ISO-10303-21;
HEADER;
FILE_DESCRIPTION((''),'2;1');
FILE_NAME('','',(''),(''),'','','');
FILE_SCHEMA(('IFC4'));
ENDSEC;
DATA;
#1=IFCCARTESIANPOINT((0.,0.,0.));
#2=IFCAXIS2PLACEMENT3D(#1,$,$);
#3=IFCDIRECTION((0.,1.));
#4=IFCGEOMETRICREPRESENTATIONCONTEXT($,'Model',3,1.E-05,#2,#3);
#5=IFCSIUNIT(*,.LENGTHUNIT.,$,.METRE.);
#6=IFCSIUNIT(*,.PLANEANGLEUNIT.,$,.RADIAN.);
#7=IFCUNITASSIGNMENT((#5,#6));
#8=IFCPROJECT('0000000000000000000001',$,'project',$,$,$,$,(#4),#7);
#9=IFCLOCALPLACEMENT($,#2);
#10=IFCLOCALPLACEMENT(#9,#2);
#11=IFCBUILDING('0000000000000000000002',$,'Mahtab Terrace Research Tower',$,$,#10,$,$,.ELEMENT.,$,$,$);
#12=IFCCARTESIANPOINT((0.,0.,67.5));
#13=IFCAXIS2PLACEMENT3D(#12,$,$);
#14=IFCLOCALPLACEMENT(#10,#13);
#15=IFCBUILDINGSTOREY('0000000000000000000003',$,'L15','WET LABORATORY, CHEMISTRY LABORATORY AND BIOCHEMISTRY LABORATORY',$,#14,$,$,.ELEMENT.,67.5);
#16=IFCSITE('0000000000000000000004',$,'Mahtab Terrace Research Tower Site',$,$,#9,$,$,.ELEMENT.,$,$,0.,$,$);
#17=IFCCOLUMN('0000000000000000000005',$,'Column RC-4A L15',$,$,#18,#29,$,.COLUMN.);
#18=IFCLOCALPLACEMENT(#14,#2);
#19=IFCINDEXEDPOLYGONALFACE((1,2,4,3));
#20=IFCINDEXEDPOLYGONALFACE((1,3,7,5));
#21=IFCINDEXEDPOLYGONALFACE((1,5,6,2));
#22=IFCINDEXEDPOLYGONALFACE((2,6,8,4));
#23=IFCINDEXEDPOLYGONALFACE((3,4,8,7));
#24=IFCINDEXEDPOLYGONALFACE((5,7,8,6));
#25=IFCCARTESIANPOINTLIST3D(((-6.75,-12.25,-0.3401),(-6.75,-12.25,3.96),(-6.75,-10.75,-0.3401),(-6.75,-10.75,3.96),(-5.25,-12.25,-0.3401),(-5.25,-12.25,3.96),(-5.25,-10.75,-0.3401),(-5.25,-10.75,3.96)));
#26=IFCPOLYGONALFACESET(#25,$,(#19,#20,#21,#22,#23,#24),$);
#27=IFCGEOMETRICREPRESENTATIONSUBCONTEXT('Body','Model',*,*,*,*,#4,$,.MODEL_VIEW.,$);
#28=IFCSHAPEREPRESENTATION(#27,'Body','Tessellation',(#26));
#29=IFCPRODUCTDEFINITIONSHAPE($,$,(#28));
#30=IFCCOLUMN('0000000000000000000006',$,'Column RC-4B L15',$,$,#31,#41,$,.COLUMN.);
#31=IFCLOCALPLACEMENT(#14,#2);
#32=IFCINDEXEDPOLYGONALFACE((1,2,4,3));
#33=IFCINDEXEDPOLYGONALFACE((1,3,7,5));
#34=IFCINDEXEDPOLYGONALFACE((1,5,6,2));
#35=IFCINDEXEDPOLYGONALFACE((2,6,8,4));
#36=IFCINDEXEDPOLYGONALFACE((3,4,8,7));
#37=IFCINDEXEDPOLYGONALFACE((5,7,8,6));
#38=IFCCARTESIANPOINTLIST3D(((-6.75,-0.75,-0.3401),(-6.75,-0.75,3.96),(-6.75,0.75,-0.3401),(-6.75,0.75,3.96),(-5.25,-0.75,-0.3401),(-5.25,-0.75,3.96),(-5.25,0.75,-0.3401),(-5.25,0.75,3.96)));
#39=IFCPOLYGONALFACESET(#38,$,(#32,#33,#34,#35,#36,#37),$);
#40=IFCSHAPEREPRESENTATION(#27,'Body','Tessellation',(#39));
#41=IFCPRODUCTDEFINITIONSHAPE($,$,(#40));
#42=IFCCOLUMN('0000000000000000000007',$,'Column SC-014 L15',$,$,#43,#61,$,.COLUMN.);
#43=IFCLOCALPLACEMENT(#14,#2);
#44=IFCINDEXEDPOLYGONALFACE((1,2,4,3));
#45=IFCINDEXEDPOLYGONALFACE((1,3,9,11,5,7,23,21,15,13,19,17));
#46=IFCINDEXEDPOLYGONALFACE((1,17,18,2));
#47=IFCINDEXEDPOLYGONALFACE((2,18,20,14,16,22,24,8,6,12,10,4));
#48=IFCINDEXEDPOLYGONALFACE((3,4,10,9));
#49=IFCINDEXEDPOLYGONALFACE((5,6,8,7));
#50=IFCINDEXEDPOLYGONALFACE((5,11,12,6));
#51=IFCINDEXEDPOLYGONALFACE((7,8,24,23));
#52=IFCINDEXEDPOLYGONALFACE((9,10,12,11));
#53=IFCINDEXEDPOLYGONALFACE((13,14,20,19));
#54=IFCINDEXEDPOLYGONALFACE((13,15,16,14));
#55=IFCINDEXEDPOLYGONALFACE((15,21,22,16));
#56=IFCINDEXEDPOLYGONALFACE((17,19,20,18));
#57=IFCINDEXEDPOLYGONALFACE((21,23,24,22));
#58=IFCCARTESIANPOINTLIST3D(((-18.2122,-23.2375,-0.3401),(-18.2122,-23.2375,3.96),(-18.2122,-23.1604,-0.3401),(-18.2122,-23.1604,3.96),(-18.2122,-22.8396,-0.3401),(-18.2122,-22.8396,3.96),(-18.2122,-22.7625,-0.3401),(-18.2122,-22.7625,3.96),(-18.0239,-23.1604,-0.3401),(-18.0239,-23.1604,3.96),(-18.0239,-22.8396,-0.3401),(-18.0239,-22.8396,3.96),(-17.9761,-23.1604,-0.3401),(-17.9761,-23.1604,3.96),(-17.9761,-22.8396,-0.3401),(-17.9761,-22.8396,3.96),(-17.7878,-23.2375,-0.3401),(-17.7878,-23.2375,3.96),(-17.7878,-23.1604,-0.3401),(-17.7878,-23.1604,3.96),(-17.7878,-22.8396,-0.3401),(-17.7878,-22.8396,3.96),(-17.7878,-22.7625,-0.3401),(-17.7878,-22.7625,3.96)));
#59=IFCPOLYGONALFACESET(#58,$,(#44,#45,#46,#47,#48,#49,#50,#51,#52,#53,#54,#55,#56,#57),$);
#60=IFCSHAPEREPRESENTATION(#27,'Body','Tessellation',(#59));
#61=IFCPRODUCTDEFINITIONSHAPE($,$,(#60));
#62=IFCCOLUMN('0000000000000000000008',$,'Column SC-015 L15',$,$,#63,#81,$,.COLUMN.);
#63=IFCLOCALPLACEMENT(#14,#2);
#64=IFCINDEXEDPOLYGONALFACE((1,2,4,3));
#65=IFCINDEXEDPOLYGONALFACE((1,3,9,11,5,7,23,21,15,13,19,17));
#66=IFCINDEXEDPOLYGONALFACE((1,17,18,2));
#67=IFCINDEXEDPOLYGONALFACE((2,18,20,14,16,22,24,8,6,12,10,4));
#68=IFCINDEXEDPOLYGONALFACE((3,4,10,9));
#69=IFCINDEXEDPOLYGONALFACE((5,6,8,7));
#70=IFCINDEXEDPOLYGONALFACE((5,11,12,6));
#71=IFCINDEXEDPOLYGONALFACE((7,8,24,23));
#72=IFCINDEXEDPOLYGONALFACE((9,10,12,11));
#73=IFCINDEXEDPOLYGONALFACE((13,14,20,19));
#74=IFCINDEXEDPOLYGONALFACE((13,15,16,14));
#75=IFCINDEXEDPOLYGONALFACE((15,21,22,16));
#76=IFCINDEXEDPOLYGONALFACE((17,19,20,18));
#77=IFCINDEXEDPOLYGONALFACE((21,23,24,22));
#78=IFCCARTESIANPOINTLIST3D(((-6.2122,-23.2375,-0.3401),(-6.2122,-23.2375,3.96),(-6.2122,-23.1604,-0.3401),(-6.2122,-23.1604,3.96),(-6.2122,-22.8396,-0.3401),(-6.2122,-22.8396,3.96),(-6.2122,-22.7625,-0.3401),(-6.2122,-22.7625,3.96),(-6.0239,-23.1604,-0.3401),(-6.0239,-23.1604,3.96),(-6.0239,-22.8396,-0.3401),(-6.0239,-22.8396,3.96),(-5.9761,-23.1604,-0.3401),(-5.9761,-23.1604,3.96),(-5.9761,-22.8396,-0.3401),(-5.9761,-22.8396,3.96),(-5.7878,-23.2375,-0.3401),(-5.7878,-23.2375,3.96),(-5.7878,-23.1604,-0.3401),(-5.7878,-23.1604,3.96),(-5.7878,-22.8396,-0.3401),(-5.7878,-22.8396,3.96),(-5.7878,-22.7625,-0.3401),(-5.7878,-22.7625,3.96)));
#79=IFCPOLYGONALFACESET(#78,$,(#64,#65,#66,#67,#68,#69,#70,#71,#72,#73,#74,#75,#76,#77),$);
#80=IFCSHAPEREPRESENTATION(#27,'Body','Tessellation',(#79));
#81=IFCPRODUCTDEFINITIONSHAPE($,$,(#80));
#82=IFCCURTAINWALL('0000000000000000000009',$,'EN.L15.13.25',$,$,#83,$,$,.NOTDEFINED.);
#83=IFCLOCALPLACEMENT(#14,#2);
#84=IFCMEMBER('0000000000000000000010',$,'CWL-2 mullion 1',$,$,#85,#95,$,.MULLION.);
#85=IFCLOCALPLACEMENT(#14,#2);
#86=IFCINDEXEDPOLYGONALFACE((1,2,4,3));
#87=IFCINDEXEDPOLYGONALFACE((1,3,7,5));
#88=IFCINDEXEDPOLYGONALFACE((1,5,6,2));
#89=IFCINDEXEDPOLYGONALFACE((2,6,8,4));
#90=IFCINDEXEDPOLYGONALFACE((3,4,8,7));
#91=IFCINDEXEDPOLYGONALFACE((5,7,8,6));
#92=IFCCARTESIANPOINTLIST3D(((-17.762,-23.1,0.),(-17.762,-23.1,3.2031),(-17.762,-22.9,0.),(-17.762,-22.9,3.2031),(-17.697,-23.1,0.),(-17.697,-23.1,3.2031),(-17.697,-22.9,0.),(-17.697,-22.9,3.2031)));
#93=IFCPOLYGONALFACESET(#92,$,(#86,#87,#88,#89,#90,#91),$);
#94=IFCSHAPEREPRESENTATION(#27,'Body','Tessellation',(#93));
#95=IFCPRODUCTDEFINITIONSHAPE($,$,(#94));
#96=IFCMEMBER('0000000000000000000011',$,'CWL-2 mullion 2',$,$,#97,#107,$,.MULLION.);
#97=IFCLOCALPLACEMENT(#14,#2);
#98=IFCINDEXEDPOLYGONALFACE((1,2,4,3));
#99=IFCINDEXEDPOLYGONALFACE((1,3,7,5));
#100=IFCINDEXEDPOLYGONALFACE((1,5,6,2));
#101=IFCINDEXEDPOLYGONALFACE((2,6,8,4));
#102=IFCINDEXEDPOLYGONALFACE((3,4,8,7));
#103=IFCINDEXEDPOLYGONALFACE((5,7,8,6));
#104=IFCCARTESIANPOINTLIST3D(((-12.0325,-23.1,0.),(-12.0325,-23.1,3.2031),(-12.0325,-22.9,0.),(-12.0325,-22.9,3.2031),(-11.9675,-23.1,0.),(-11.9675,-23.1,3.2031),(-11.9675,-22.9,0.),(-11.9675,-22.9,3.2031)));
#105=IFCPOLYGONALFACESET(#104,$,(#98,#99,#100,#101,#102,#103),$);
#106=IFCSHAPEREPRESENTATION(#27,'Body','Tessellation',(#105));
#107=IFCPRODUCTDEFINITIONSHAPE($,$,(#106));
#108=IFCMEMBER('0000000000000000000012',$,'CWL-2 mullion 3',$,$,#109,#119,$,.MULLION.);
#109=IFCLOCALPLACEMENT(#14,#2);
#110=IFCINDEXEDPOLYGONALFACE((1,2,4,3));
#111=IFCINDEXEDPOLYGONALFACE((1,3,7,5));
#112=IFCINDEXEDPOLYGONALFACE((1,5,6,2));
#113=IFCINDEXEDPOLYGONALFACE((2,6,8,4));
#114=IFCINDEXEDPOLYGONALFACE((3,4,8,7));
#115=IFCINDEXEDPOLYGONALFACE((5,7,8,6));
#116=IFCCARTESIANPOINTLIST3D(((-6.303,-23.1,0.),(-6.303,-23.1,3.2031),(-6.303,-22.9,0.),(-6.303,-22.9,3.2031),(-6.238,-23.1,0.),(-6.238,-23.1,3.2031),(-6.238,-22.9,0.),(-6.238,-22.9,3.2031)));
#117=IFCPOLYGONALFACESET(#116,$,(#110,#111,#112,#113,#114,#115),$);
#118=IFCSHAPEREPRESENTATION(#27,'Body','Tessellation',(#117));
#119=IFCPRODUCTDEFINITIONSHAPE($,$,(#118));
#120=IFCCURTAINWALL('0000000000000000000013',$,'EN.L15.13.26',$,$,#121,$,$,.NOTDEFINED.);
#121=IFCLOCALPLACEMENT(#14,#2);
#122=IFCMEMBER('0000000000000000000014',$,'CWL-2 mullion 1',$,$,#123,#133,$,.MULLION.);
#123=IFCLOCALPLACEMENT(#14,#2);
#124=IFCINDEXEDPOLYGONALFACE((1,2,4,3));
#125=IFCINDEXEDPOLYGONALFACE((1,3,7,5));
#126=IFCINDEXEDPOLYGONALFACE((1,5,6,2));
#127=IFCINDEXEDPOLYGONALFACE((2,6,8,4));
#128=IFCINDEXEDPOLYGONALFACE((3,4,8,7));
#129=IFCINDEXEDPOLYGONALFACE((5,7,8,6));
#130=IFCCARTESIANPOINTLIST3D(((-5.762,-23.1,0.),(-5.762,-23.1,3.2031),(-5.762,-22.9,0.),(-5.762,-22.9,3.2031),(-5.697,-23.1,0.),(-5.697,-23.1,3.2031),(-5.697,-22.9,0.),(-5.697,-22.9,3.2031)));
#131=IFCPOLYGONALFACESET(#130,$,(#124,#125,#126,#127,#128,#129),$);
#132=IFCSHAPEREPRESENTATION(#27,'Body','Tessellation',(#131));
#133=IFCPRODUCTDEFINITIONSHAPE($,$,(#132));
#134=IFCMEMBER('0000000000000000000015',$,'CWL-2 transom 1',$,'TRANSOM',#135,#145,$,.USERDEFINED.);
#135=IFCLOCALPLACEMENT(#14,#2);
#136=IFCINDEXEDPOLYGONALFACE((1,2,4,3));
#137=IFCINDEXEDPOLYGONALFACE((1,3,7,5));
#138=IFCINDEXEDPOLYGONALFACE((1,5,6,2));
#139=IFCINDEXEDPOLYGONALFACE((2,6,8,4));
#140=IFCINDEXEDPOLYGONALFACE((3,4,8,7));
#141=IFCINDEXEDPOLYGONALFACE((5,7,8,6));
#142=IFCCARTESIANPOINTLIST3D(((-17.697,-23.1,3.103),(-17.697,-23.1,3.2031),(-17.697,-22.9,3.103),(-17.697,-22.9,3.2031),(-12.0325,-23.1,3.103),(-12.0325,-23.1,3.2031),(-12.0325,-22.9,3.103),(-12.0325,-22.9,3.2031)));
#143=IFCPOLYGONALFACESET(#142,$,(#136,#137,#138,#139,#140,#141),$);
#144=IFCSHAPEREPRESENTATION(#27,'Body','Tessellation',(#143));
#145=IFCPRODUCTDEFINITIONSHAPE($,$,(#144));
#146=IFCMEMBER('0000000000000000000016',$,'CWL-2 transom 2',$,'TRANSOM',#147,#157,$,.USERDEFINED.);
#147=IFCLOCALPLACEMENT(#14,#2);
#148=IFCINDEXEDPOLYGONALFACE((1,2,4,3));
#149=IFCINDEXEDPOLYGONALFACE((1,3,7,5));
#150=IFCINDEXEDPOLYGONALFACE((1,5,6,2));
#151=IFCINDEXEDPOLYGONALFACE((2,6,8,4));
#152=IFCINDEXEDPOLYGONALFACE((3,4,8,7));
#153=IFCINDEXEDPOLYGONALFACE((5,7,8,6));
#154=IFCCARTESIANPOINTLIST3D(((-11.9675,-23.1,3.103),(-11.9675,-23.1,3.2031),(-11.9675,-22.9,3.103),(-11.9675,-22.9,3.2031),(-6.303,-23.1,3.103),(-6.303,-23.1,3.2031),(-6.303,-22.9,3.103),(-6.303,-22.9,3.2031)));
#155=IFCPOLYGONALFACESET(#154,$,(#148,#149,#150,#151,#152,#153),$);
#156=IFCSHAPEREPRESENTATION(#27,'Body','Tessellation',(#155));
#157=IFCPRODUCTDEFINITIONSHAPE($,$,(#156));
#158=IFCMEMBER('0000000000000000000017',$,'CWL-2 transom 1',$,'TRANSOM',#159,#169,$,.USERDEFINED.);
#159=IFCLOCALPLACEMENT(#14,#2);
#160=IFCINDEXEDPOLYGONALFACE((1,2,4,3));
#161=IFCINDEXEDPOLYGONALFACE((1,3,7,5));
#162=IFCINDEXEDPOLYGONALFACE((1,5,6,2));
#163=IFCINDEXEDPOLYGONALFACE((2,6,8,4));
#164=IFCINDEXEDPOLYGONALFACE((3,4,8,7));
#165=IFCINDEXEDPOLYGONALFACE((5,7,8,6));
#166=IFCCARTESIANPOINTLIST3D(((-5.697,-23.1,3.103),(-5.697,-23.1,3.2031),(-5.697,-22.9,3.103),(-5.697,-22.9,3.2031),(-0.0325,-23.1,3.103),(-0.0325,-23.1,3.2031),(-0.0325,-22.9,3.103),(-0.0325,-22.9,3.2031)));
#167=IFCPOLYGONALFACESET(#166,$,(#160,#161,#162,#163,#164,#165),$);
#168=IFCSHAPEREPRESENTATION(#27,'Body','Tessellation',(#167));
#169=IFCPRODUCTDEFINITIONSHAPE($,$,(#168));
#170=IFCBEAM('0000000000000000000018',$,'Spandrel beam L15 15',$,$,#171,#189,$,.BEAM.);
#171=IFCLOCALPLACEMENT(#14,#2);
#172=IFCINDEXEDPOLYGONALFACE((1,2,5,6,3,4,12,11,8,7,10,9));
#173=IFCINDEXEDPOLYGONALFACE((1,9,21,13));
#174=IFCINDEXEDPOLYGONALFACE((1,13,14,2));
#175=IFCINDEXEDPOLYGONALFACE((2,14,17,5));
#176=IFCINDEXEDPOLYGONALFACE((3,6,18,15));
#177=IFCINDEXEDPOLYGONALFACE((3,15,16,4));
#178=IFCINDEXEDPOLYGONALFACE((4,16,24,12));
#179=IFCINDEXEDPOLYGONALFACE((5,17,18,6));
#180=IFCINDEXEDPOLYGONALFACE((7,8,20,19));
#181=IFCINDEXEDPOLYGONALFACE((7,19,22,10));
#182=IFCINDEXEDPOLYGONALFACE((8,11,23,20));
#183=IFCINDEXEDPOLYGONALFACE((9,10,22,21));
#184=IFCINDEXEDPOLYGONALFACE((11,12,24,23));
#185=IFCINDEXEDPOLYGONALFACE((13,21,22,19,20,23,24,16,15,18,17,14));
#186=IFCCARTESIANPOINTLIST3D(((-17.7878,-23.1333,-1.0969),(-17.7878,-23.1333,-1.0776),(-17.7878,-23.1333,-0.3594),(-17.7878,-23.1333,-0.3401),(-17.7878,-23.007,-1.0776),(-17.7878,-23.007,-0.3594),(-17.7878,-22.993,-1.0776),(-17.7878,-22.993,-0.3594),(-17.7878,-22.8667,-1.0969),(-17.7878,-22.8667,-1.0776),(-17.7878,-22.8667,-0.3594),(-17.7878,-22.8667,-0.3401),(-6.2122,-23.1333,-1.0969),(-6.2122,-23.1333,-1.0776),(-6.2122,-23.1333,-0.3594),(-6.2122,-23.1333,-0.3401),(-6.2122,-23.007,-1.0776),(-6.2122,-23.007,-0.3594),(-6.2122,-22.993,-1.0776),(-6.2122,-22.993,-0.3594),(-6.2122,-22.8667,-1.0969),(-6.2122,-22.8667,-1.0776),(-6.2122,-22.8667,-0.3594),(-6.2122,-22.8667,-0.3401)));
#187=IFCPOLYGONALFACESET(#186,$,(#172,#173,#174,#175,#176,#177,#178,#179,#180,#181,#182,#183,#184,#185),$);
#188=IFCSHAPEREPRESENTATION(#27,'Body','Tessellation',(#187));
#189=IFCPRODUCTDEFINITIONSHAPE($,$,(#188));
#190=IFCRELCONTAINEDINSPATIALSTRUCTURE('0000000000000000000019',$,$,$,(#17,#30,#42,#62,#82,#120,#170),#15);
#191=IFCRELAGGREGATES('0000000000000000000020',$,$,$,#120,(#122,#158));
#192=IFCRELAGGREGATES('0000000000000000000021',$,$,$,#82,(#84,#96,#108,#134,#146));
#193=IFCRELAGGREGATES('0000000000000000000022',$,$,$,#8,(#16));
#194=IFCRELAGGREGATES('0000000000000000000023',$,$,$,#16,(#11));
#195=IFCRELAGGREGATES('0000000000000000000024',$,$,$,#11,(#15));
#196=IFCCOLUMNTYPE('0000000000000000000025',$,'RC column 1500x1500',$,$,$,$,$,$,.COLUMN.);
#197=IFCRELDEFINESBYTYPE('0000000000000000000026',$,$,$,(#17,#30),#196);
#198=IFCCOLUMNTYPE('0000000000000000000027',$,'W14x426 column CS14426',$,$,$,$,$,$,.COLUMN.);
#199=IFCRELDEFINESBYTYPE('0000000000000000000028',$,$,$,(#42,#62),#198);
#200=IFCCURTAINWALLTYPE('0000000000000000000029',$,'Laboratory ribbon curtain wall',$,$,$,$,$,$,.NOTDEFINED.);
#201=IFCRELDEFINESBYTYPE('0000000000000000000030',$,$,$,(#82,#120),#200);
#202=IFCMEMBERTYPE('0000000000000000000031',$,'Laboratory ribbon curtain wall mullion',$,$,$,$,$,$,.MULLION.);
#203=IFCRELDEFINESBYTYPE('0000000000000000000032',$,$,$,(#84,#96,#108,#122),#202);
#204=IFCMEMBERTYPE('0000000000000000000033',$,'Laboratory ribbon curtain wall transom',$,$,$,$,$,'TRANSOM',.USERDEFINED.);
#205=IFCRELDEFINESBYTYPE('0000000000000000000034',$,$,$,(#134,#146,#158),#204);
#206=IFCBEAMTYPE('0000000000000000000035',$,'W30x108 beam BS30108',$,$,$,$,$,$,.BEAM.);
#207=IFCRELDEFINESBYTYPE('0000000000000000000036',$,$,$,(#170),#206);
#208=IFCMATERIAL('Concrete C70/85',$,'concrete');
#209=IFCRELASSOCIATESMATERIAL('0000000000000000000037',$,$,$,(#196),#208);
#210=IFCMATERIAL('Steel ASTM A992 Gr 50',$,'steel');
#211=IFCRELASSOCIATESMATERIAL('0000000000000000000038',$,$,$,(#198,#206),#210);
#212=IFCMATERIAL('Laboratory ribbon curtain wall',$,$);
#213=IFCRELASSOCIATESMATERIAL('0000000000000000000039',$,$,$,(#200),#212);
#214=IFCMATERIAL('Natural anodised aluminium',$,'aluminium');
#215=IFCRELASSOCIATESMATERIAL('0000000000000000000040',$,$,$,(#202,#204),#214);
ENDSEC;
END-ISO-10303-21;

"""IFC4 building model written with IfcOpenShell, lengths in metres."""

from ifc_helpers import new_model, si_unit, direction, frame, origin, origin_2d, place, context, subcontext, project, spatial, rectangle, i_section, extrude, material, material_profile, profile_set, type_object, element, aggregate, save


model = new_model("IFC4")

# Units and contexts
model_context = context("Model", 3, precision=1e-05, world=origin(), true_north=direction((0.0, 1.0)))
body_context = subcontext(model_context, "Body", "Model", "MODEL_VIEW")
ifc_project = project(units=[si_unit("LENGTHUNIT", "METRE"), si_unit("PLANEANGLEUNIT", "RADIAN")], contexts=[model_context])

# Site, building, storey
site_placement = place(None, origin())
site = spatial("IfcSite", under=ifc_project, at=site_placement, Name="Mahtab Terrace Research Tower Site", CompositionType="ELEMENT", RefElevation=0.0)
building_placement = place(site_placement, origin())
building = spatial("IfcBuilding", under=site, at=building_placement, Name="Mahtab Terrace Research Tower", CompositionType="ELEMENT")
storey_placement = place(building_placement, frame((0.0, 0.0, 67.5)))
storey = spatial("IfcBuildingStorey", under=building, at=storey_placement, Name="L15", Description="WET LABORATORY, CHEMISTRY LABORATORY AND BIOCHEMISTRY LABORATORY", CompositionType="ELEMENT", Elevation=67.5)

# Columns
ifc_material_1 = material(Name="Concrete C70/85", Category="concrete")
ifc_material_profile_1 = material_profile(ifc_material_1, rectangle(XDim=1.5, YDim=1.5, at=origin_2d()), Name="RC column 1500x1500")
ifc_profile_set_1 = profile_set([ifc_material_profile_1], Name="Concrete C70/85")
column_type_1 = type_object("IfcColumnType", Name="RC column 1500x1500", PredefinedType="COLUMN", material=ifc_profile_set_1)
for number, where, z_axis, x_axis, name in (
    (1, (-6.0, -11.5, -0.3401), (0.0, 0.0, 1.0), (1.0, 0.0, 0.0), "Column RC-4A L15"),
    (2, (-6.0, 0.0, -0.3401), (0.0, 0.0, 1.0), (1.0, 0.0, 0.0), "Column RC-4B L15"),
):
    element("IfcColumn", number, at=place(storey_placement, frame(where, z_axis=z_axis, x_axis=x_axis)), inside=storey, type_object=column_type_1, Name=name, PredefinedType="COLUMN", context=body_context, shape_type="SweptSolid", body=[
        extrude(rectangle(XDim=1.5, YDim=1.5, at=origin_2d()), origin(), (0.0, 0.0, 1.0), 4.3),
    ])
ifc_material_2 = material(Name="Steel ASTM A992 Gr 50", Category="steel")
ifc_material_profile_2 = material_profile(ifc_material_2, i_section(OverallWidth=0.4243, OverallDepth=0.4751, WebThickness=0.0479, FlangeThickness=0.0771, at=origin_2d()), Name="W14X426")
ifc_profile_set_2 = profile_set([ifc_material_profile_2], Name="Steel ASTM A992 Gr 50")
column_type_2 = type_object("IfcColumnType", Name="W14x426 column CS14426", PredefinedType="COLUMN", material=ifc_profile_set_2)
for number, where, z_axis, x_axis, name in (
    (3, (-18.0, -23.0, -0.3401), (0.0, 0.0, 1.0), (1.0, 0.0, 0.0), "Column SC-014 L15"),
    (4, (-6.0, -23.0, -0.3401), (0.0, 0.0, 1.0), (1.0, 0.0, 0.0), "Column SC-015 L15"),
):
    element("IfcColumn", number, at=place(storey_placement, frame(where, z_axis=z_axis, x_axis=x_axis)), inside=storey, type_object=column_type_2, Name=name, PredefinedType="COLUMN", context=body_context, shape_type="SweptSolid", body=[
        extrude(i_section(OverallWidth=0.4243, OverallDepth=0.4751, WebThickness=0.0479, FlangeThickness=0.0771, at=origin_2d()), origin(), (0.0, 0.0, 1.0), 4.3),
    ])

# Curtain wall, members
ifc_material_3 = material(Name="Laboratory ribbon curtain wall")
curtain_wall_type = type_object("IfcCurtainWallType", Name="Laboratory ribbon curtain wall", PredefinedType="NOTDEFINED", material=ifc_material_3)
curtain_wall_1_placement = place(storey_placement, origin())
curtain_wall_1 = element("IfcCurtainWall", 5, at=curtain_wall_1_placement, inside=storey, type_object=curtain_wall_type, Name="EN.L15.13.25", PredefinedType="NOTDEFINED")
ifc_material_4 = material(Name="Natural anodised aluminium", Category="aluminium")
ifc_material_profile_3 = material_profile(ifc_material_4, rectangle(XDim=0.2, YDim=0.0649, at=origin_2d()), Name="MULLION 65x200")
ifc_profile_set_3 = profile_set([ifc_material_profile_3], Name="Natural anodised aluminium")
member_type_1 = type_object("IfcMemberType", Name="Laboratory ribbon curtain wall mullion", PredefinedType="MULLION", material=ifc_profile_set_3)
member_1_placement = place(storey_placement, frame((-17.7295, -23.0, 0.0), z_axis=(0.0, 0.0, 1.0), x_axis=(0.0, 1.0, 0.0)))
member_1 = element("IfcMember", 6, at=member_1_placement, type_object=member_type_1, Name="CWL-2 mullion 1", PredefinedType="MULLION", context=body_context, shape_type="SweptSolid", body=[
    extrude(rectangle(XDim=0.2, YDim=0.0649, at=origin_2d()), origin(), (0.0, 0.0, 1.0), 3.2031),
])
member_2_placement = place(storey_placement, frame((-12.0, -23.0, 0.0), z_axis=(0.0, 0.0, 1.0), x_axis=(0.0, 1.0, 0.0)))
member_2 = element("IfcMember", 7, at=member_2_placement, type_object=member_type_1, Name="CWL-2 mullion 2", PredefinedType="MULLION", context=body_context, shape_type="SweptSolid", body=[
    extrude(rectangle(XDim=0.2, YDim=0.0649, at=origin_2d()), origin(), (0.0, 0.0, 1.0), 3.2031),
])
member_3_placement = place(storey_placement, frame((-6.2705, -23.0, 0.0), z_axis=(0.0, 0.0, 1.0), x_axis=(0.0, 1.0, 0.0)))
member_3 = element("IfcMember", 8, at=member_3_placement, type_object=member_type_1, Name="CWL-2 mullion 3", PredefinedType="MULLION", context=body_context, shape_type="SweptSolid", body=[
    extrude(rectangle(XDim=0.2, YDim=0.0649, at=origin_2d()), origin(), (0.0, 0.0, 1.0), 3.2031),
])

# Curtain wall, member
curtain_wall_2_placement = place(storey_placement, origin())
curtain_wall_2 = element("IfcCurtainWall", 9, at=curtain_wall_2_placement, inside=storey, type_object=curtain_wall_type, Name="EN.L15.13.26", PredefinedType="NOTDEFINED")
member_4_placement = place(storey_placement, frame((-5.7295, -23.0, 0.0), z_axis=(0.0, 0.0, 1.0), x_axis=(0.0, 1.0, 0.0)))
member_4 = element("IfcMember", 10, at=member_4_placement, type_object=member_type_1, Name="CWL-2 mullion 1", PredefinedType="MULLION", context=body_context, shape_type="SweptSolid", body=[
    extrude(rectangle(XDim=0.2, YDim=0.0649, at=origin_2d()), origin(), (0.0, 0.0, 1.0), 3.2031),
])

# Members
ifc_material_profile_4 = material_profile(ifc_material_4, rectangle(XDim=0.2, YDim=0.1001, at=origin_2d()), Name="TRANSOM 100x200")
ifc_profile_set_4 = profile_set([ifc_material_profile_4], Name="Natural anodised aluminium")
member_type_2 = type_object("IfcMemberType", Name="Laboratory ribbon curtain wall transom", ElementType="TRANSOM", PredefinedType="USERDEFINED", material=ifc_profile_set_4)
member_5_placement = place(storey_placement, frame((-17.697, -23.0, 3.1531), z_axis=(1.0, 0.0, 0.0), x_axis=(0.0, 1.0, 0.0)))
member_5 = element("IfcMember", 11, at=member_5_placement, type_object=member_type_2, Name="CWL-2 transom 1", ObjectType="TRANSOM", PredefinedType="USERDEFINED", context=body_context, shape_type="SweptSolid", body=[
    extrude(rectangle(XDim=0.2, YDim=0.1001, at=origin_2d()), origin(), (0.0, 0.0, 1.0), 5.6646),
])
member_6_placement = place(storey_placement, frame((-11.9675, -23.0, 3.1531), z_axis=(1.0, 0.0, 0.0), x_axis=(0.0, 1.0, 0.0)))
member_6 = element("IfcMember", 12, at=member_6_placement, type_object=member_type_2, Name="CWL-2 transom 2", ObjectType="TRANSOM", PredefinedType="USERDEFINED", context=body_context, shape_type="SweptSolid", body=[
    extrude(rectangle(XDim=0.2, YDim=0.1001, at=origin_2d()), origin(), (0.0, 0.0, 1.0), 5.6646),
])
member_7_placement = place(storey_placement, frame((-5.697, -23.0, 3.1531), z_axis=(1.0, 0.0, 0.0), x_axis=(0.0, 1.0, 0.0)))
member_7 = element("IfcMember", 13, at=member_7_placement, type_object=member_type_2, Name="CWL-2 transom 1", ObjectType="TRANSOM", PredefinedType="USERDEFINED", context=body_context, shape_type="SweptSolid", body=[
    extrude(rectangle(XDim=0.2, YDim=0.1001, at=origin_2d()), origin(), (0.0, 0.0, 1.0), 5.6646),
])
aggregate(curtain_wall_2, [member_4, member_7])

# Beam
ifc_material_profile_5 = material_profile(ifc_material_2, i_section(OverallWidth=0.2666, OverallDepth=0.7568, WebThickness=0.0139, FlangeThickness=0.0193, at=origin_2d()), Name="W30X108")
ifc_profile_set_5 = profile_set([ifc_material_profile_5], Name="Steel ASTM A992 Gr 50")
beam_type = type_object("IfcBeamType", Name="W30x108 beam BS30108", PredefinedType="BEAM", material=ifc_profile_set_5)
for number, where, z_axis, x_axis, name in (
    (14, (-17.7878, -23.0, -0.7185), (1.0, 0.0, 0.0), (0.0, 1.0, 0.0), "Spandrel beam L15 15"),
):
    element("IfcBeam", number, at=place(storey_placement, frame(where, z_axis=z_axis, x_axis=x_axis)), inside=storey, type_object=beam_type, Name=name, PredefinedType="BEAM", context=body_context, shape_type="SweptSolid", body=[
        extrude(i_section(OverallWidth=0.2666, OverallDepth=0.7568, WebThickness=0.0139, FlangeThickness=0.0193, at=origin_2d()), origin(), (0.0, 0.0, 1.0), 11.5757),
    ])

aggregate(curtain_wall_1, [member_1, member_2, member_3, member_5, member_6])

save(model, "model.ifc")
